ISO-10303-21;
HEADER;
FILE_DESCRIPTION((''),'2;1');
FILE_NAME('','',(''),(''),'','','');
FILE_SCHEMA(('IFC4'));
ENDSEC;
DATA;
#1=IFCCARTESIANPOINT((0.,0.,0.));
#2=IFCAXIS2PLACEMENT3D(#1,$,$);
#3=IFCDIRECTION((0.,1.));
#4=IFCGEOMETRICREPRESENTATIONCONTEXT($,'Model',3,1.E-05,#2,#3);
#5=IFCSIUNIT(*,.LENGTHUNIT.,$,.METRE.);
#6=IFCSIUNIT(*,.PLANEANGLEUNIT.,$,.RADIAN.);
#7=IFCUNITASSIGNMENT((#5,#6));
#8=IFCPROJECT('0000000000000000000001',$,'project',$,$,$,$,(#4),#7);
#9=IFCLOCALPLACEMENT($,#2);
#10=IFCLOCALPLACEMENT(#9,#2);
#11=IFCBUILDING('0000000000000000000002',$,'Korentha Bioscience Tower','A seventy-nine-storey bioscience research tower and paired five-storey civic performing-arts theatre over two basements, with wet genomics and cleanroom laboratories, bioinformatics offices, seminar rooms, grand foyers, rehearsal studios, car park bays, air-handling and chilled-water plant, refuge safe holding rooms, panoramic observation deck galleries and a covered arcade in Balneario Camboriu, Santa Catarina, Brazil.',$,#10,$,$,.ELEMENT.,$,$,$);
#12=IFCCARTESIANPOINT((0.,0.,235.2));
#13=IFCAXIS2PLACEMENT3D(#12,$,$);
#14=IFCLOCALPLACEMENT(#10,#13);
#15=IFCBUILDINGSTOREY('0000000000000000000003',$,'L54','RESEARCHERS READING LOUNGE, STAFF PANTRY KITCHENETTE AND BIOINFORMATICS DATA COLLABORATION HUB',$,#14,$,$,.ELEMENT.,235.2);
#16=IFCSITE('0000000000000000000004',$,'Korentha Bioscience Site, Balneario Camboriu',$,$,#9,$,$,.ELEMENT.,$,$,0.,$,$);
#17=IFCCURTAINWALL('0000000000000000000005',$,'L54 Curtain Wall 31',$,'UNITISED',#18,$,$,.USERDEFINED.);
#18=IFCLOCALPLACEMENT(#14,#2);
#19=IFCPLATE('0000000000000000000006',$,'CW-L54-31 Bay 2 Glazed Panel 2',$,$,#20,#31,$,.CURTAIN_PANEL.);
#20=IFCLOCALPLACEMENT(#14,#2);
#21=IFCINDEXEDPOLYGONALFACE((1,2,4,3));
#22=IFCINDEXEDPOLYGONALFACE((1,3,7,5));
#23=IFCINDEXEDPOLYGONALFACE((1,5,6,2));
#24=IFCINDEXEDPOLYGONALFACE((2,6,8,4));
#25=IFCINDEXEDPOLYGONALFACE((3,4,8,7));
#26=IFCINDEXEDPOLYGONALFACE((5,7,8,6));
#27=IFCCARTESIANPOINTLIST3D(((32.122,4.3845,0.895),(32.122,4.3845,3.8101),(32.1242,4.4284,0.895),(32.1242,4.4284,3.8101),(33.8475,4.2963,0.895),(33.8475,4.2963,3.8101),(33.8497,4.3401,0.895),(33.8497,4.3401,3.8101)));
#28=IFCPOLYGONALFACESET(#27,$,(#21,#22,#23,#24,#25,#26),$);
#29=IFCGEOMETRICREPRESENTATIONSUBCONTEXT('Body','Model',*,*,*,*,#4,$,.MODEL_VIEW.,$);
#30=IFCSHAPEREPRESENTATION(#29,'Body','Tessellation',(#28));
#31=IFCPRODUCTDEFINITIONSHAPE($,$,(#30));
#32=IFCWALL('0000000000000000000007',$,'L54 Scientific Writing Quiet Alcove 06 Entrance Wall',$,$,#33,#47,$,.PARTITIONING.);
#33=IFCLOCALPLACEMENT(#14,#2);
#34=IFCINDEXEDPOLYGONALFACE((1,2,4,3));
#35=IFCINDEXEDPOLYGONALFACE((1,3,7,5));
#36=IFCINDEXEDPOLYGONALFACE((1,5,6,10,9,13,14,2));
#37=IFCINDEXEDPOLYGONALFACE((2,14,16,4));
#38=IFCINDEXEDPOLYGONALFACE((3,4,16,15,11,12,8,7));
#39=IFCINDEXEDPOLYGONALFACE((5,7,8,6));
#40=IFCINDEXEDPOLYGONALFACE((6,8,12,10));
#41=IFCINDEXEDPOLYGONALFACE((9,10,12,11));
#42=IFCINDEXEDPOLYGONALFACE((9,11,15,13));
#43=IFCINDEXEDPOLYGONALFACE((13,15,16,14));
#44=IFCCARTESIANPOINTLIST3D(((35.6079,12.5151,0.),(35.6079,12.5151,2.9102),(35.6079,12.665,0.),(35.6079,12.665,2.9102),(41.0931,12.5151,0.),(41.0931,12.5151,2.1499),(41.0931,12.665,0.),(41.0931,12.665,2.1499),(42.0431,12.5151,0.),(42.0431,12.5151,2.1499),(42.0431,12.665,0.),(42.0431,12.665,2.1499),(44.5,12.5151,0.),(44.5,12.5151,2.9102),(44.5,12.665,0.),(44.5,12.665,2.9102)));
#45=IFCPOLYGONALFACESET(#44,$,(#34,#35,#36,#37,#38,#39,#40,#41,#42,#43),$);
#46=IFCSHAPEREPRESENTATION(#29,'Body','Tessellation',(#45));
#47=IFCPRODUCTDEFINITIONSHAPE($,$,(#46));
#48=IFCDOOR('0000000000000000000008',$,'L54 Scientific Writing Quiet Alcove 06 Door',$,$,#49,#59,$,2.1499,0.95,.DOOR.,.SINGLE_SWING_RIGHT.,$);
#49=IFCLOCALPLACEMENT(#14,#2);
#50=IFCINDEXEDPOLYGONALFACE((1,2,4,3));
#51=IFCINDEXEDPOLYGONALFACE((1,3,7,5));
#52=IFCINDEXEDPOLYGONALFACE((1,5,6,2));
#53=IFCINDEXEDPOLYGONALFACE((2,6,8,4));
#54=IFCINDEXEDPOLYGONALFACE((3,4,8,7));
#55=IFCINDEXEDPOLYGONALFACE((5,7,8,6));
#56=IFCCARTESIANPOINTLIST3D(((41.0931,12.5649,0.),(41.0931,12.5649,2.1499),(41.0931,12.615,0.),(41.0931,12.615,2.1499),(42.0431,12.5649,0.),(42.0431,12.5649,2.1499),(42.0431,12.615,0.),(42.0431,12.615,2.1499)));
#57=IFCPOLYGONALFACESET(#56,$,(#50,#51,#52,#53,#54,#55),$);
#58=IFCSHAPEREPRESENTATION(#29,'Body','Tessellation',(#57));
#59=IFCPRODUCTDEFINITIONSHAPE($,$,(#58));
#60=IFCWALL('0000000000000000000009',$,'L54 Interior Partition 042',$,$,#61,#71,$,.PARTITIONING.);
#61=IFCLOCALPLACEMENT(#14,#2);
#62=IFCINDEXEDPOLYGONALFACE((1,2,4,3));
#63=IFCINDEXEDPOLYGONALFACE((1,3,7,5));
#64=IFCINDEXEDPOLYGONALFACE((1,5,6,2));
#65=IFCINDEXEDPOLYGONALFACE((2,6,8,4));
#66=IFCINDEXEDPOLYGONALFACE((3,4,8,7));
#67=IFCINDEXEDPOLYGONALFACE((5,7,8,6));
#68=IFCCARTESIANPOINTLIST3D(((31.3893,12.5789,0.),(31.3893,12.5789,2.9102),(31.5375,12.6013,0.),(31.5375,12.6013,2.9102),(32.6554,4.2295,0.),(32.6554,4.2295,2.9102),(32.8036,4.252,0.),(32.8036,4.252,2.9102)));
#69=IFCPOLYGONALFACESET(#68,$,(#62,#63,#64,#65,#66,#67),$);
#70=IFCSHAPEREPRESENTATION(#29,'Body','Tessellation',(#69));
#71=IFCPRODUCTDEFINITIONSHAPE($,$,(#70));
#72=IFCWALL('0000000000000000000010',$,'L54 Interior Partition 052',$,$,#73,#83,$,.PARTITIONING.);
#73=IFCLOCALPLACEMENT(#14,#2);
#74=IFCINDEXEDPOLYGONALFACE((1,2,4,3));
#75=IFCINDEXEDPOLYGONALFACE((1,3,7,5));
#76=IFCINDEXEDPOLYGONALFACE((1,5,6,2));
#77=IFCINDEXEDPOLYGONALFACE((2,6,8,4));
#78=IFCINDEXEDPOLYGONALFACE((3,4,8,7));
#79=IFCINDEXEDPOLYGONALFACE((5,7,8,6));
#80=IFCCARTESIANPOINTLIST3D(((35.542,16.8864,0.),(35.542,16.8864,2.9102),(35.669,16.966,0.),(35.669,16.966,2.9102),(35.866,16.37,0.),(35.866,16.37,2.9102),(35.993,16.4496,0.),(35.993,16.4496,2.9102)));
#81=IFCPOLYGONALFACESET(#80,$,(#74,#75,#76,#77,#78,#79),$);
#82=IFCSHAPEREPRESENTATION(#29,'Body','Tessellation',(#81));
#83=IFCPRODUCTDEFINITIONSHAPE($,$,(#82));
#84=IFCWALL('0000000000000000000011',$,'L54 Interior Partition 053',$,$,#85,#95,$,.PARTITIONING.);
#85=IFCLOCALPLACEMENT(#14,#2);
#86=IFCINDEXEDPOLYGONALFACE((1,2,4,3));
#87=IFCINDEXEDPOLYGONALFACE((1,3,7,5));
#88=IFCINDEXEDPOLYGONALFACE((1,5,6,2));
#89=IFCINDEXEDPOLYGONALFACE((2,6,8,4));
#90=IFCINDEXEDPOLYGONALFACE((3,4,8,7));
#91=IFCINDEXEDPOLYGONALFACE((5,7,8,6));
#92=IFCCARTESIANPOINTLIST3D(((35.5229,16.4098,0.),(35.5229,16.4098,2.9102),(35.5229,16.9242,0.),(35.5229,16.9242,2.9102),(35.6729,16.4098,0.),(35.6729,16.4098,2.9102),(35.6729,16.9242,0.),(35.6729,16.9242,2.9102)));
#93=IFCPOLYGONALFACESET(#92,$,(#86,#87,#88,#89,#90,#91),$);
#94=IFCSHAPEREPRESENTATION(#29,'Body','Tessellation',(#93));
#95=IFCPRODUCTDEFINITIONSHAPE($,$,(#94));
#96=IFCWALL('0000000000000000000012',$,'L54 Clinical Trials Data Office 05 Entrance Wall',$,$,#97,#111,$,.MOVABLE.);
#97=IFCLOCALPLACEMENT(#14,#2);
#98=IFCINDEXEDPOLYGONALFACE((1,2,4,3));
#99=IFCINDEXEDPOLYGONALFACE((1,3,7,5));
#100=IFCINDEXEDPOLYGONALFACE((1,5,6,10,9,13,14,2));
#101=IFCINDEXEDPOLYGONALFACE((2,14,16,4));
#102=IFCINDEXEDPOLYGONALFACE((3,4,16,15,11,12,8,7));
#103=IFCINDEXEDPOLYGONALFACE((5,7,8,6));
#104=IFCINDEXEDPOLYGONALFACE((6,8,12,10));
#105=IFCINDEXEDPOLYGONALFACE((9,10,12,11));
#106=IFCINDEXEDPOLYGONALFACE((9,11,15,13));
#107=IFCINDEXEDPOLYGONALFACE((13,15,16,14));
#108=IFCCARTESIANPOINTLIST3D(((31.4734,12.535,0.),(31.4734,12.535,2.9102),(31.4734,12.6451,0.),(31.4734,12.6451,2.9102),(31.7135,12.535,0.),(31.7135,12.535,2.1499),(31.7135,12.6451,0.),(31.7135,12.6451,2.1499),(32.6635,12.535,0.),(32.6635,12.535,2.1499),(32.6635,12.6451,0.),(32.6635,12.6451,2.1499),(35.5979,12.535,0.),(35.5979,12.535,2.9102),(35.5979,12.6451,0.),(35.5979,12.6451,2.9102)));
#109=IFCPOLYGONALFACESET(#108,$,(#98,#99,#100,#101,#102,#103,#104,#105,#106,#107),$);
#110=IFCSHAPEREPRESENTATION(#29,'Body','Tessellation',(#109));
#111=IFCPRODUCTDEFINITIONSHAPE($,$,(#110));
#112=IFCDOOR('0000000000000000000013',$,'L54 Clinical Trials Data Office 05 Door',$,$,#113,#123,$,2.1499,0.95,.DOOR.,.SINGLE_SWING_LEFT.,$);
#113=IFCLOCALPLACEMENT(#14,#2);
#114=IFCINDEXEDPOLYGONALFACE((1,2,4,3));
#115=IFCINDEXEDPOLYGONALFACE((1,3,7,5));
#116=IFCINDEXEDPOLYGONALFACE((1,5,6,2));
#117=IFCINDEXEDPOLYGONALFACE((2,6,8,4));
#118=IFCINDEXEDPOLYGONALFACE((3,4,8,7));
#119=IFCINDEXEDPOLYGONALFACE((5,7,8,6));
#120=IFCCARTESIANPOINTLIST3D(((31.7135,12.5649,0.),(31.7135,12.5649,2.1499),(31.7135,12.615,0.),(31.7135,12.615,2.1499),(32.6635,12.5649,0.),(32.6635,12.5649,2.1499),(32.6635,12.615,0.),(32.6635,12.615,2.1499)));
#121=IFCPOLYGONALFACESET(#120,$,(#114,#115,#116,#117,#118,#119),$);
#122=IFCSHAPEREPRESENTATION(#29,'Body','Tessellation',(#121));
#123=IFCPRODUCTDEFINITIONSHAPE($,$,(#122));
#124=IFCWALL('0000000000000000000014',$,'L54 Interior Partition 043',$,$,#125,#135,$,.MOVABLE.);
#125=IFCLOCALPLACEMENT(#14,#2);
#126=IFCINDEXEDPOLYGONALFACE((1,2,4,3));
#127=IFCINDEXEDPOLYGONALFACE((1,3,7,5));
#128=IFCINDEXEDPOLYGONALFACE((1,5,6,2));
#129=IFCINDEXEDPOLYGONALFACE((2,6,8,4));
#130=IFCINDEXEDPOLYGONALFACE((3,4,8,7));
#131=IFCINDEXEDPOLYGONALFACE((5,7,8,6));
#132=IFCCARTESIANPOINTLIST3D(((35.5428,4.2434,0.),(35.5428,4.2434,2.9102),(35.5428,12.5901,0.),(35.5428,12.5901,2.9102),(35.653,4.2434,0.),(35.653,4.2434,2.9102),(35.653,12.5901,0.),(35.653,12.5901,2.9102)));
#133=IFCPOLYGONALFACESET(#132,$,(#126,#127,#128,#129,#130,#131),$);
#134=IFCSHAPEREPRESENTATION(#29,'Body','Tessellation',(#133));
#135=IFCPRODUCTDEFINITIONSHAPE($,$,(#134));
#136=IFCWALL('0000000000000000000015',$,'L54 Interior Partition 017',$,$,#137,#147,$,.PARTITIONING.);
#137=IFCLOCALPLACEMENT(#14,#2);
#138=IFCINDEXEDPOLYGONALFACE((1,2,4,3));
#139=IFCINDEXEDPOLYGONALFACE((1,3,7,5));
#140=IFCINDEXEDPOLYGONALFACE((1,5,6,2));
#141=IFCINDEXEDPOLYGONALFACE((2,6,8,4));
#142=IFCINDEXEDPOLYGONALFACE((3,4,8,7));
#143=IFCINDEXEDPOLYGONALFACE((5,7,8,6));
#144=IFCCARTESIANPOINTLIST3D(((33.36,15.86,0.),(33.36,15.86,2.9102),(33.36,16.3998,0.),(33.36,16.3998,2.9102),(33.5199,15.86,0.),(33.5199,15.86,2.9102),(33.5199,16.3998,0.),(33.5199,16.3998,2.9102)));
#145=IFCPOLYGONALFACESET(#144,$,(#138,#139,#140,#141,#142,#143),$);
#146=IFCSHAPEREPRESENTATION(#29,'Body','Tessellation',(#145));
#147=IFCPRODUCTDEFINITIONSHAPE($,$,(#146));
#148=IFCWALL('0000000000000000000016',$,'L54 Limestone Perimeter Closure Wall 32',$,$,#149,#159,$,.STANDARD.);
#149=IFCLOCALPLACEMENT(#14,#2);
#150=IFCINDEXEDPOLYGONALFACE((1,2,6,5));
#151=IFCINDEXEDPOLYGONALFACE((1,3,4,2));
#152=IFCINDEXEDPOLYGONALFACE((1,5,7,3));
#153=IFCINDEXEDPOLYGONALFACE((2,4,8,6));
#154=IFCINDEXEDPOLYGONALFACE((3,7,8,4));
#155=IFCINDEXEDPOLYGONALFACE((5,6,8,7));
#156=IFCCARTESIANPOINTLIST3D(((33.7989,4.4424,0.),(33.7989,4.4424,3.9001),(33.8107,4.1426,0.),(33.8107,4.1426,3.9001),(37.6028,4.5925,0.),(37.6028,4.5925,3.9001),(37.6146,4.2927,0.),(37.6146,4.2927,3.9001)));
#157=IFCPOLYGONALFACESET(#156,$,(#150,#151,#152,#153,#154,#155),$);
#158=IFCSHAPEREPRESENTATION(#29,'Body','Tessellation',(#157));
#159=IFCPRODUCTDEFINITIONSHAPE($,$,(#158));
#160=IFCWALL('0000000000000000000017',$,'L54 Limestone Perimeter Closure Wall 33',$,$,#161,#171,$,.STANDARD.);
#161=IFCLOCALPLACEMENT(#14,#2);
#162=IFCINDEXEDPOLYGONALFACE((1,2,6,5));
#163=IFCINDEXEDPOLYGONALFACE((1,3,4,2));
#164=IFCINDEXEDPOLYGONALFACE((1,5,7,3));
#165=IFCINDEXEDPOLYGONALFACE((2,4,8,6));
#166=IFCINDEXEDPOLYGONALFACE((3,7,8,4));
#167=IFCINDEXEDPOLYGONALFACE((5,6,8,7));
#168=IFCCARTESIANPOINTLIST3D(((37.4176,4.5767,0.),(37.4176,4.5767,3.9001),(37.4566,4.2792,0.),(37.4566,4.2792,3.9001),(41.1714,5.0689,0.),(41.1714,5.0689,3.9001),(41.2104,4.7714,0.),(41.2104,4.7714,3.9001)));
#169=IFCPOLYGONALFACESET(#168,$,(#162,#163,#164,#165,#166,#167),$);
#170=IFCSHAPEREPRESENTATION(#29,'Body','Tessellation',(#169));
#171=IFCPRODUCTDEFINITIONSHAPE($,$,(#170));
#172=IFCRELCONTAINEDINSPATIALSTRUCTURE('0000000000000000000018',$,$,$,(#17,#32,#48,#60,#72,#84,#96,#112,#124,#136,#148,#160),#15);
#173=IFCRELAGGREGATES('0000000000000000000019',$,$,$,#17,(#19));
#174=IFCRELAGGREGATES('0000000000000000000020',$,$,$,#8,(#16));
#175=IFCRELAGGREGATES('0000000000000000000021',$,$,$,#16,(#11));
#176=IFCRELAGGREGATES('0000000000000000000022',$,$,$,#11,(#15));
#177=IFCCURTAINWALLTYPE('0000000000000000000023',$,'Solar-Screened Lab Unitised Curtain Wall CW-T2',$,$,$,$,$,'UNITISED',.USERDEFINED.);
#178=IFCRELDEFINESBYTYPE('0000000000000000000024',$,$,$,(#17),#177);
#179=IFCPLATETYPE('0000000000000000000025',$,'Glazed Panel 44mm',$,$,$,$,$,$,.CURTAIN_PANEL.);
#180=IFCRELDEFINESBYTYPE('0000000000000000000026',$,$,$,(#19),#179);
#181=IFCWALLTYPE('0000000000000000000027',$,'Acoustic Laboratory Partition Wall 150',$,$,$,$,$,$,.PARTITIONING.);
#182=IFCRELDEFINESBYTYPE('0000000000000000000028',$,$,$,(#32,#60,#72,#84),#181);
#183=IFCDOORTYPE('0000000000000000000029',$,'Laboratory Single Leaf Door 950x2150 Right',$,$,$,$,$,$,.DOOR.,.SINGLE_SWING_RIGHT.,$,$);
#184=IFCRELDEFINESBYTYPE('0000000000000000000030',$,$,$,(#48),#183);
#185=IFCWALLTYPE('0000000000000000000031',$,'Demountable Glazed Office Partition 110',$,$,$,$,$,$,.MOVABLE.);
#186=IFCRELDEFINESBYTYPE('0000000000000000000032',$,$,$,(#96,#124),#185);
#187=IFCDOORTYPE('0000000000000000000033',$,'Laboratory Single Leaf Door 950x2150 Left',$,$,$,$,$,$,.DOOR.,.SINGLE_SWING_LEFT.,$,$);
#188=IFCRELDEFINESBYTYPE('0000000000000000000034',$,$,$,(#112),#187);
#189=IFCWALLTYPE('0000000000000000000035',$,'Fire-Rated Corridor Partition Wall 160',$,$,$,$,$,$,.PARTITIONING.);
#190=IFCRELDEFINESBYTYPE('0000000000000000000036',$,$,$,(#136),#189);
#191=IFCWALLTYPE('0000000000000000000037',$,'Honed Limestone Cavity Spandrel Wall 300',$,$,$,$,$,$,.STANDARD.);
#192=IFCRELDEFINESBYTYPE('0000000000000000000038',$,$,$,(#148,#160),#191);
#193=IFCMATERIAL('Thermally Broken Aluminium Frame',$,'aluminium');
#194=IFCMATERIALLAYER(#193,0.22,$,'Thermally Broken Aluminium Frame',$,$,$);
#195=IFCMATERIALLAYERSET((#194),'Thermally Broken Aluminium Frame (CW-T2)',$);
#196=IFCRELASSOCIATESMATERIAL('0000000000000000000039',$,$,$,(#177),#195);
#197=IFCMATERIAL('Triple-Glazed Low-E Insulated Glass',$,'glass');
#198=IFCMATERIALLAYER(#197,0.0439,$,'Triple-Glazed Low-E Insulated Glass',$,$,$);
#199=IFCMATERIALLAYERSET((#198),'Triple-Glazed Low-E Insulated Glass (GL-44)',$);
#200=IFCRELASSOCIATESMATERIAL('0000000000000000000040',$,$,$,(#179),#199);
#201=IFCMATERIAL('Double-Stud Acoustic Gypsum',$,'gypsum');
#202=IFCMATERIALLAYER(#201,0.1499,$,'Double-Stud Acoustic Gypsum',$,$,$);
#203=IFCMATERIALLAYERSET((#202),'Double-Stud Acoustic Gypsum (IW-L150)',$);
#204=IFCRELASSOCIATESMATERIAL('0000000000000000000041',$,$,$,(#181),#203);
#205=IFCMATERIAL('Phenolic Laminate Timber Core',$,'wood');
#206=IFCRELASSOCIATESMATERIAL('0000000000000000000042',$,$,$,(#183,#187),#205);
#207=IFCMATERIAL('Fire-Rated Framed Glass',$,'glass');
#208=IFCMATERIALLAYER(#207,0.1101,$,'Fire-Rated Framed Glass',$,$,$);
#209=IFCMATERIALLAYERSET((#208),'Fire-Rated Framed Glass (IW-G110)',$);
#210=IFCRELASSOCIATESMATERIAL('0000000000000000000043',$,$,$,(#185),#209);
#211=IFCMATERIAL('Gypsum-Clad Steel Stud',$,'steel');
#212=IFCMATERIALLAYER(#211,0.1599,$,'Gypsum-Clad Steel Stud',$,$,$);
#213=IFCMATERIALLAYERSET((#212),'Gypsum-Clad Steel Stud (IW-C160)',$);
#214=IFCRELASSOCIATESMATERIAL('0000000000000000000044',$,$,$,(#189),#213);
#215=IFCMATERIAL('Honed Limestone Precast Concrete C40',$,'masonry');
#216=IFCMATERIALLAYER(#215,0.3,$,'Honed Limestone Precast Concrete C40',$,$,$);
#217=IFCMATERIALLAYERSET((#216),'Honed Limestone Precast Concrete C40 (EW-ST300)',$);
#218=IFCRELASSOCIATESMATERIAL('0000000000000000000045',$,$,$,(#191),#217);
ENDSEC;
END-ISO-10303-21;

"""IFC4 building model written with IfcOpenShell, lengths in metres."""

from ifc_helpers import new_model, si_unit, direction, frame, frame_2d, origin, origin_2d, place, context, subcontext, project, spatial, rectangle, extrude, material, layer, layer_set, type_object, element, fill, aggregate, save


model = new_model("IFC4")

# Units and contexts
model_context = context("Model", 3, precision=1e-05, world=origin(), true_north=direction((0.0, 1.0)))
body_context = subcontext(model_context, "Body", "Model", "MODEL_VIEW")
ifc_project = project(units=[si_unit("LENGTHUNIT", "METRE"), si_unit("PLANEANGLEUNIT", "RADIAN")], contexts=[model_context])

# Site, building, storey
site_placement = place(None, origin())
site = spatial("IfcSite", under=ifc_project, at=site_placement, Name="Korentha Bioscience Site, Balneario Camboriu", CompositionType="ELEMENT", RefElevation=0.0)
building_placement = place(site_placement, origin())
building = spatial("IfcBuilding", under=site, at=building_placement, Name="Korentha Bioscience Tower", Description="A seventy-nine-storey bioscience research tower and paired five-storey civic performing-arts theatre over two basements, with wet genomics and cleanroom laboratories, bioinformatics offices, seminar rooms, grand foyers, rehearsal studios, car park bays, air-handling and chilled-water plant, refuge safe holding rooms, panoramic observation deck galleries and a covered arcade in Balneario Camboriu, Santa Catarina, Brazil.", CompositionType="ELEMENT")
storey_placement = place(building_placement, frame((0.0, 0.0, 235.2)))
storey = spatial("IfcBuildingStorey", under=building, at=storey_placement, Name="L54", Description="RESEARCHERS READING LOUNGE, STAFF PANTRY KITCHENETTE AND BIOINFORMATICS DATA COLLABORATION HUB", CompositionType="ELEMENT", Elevation=235.2)

# Curtain wall
ifc_material_1 = material(Name="Thermally Broken Aluminium Frame", Category="aluminium")
ifc_layer_1 = layer(ifc_material_1, 0.22, Name="Thermally Broken Aluminium Frame")
ifc_layer_set_1 = layer_set([ifc_layer_1], Name="Thermally Broken Aluminium Frame (CW-T2)")
curtain_wall_type = type_object("IfcCurtainWallType", Name="Solar-Screened Lab Unitised Curtain Wall CW-T2", ElementType="UNITISED", PredefinedType="USERDEFINED", material=ifc_layer_set_1)
curtain_wall_placement = place(storey_placement, origin())
curtain_wall = element("IfcCurtainWall", 1, at=curtain_wall_placement, inside=storey, type_object=curtain_wall_type, Name="L54 Curtain Wall 31", ObjectType="UNITISED", PredefinedType="USERDEFINED")

# Plate
ifc_material_2 = material(Name="Triple-Glazed Low-E Insulated Glass", Category="glass")
ifc_layer_2 = layer(ifc_material_2, 0.0439, Name="Triple-Glazed Low-E Insulated Glass")
ifc_layer_set_2 = layer_set([ifc_layer_2], Name="Triple-Glazed Low-E Insulated Glass (GL-44)")
plate_type = type_object("IfcPlateType", Name="Glazed Panel 44mm", PredefinedType="CURTAIN_PANEL", material=ifc_layer_set_2)
plate_1_placement = place(storey_placement, frame((32.9858, 4.3623, 0.895), z_axis=(0.0, 0.0, 1.0), x_axis=(0.998696, -0.051055, 0.0)))
plate_1 = element("IfcPlate", 2, at=plate_1_placement, type_object=plate_type, Name="CW-L54-31 Bay 2 Glazed Panel 2", PredefinedType="CURTAIN_PANEL", context=body_context, shape_type="SweptSolid", body=[
    extrude(rectangle(XDim=1.7278, YDim=0.0439, at=origin_2d()), origin(), (0.0, 0.0, 1.0), 2.915),
])
aggregate(curtain_wall, [plate_1])

# Wall, opening, door
ifc_material_3 = material(Name="Double-Stud Acoustic Gypsum", Category="gypsum")
ifc_layer_3 = layer(ifc_material_3, 0.1499, Name="Double-Stud Acoustic Gypsum")
ifc_layer_set_3 = layer_set([ifc_layer_3], Name="Double-Stud Acoustic Gypsum (IW-L150)")
wall_type_1 = type_object("IfcWallType", Name="Acoustic Laboratory Partition Wall 150", PredefinedType="PARTITIONING", material=ifc_layer_set_3)
wall_1_placement = place(storey_placement, frame((35.6079, 12.5901, 0.0), z_axis=(0.0, 0.0, 1.0), x_axis=(1.0, 0.0, 0.0)))
wall_1 = element("IfcWall", 3, at=wall_1_placement, inside=storey, type_object=wall_type_1, Name="L54 Scientific Writing Quiet Alcove 06 Entrance Wall", PredefinedType="PARTITIONING", context=body_context, shape_type="SweptSolid", body=[
    extrude(rectangle(XDim=8.8921, YDim=0.1499, at=frame_2d((4.446, 0.0))), origin(), (0.0, 0.0, 1.0), 2.9102),
])
opening_1_placement = place(wall_1_placement, frame((5.4851, 0.0, 0.0)))
opening_1 = element("IfcOpeningElement", 4, at=opening_1_placement, cuts=wall_1, PredefinedType="OPENING", context=body_context, shape_type="SweptSolid", body=[
    extrude(rectangle(XDim=0.95, YDim=2.1499, at=frame_2d((0.4751, 1.075))), frame((0.0, 0.0898, 0.0), z_axis=(0.0, -1.0, 0.0), x_axis=(1.0, 0.0, 0.0)), (0.0, 0.0, 1.0), 0.1797),
])
ifc_material_4 = material(Name="Phenolic Laminate Timber Core", Category="wood")
door_type_1 = type_object("IfcDoorType", Name="Laboratory Single Leaf Door 950x2150 Right", OperationType="SINGLE_SWING_RIGHT", PredefinedType="DOOR", material=ifc_material_4)
door_1_placement = place(opening_1_placement, origin())
door_1 = element("IfcDoor", 5, at=door_1_placement, inside=storey, type_object=door_type_1, Name="L54 Scientific Writing Quiet Alcove 06 Door", OperationType="SINGLE_SWING_RIGHT", OverallHeight=2.1499, OverallWidth=0.95, PredefinedType="DOOR", context=body_context, shape_type="SweptSolid", body=[
    extrude(rectangle(XDim=0.95, YDim=2.1499, at=frame_2d((0.4751, 1.075))), frame((0.0, 0.0249, 0.0), z_axis=(0.0, -1.0, 0.0), x_axis=(1.0, 0.0, 0.0)), (0.0, 0.0, 1.0), 0.05),
])
fill(opening_1, door_1)
door_type_2 = type_object("IfcDoorType", Name="Laboratory Single Leaf Door 950x2150 Left", OperationType="SINGLE_SWING_LEFT", PredefinedType="DOOR", material=ifc_material_4)

# Walls
wall_2_placement = place(storey_placement, frame((31.4634, 12.5901, 0.0), z_axis=(0.0, 0.0, 1.0), x_axis=(0.149928, -0.988697, 0.0)))
element("IfcWall", 6, at=wall_2_placement, inside=storey, type_object=wall_type_1, Name="L54 Interior Partition 042", PredefinedType="PARTITIONING", context=body_context, shape_type="SweptSolid", body=[
    extrude(rectangle(XDim=8.4448, YDim=0.1499, at=frame_2d((4.2224, 0.0))), origin(), (0.0, 0.0, 1.0), 2.9102),
])
wall_3_placement = place(storey_placement, frame((35.9294, 16.4099, 0.0), z_axis=(0.0, 0.0, 1.0), x_axis=(-0.531474, 0.847075, 0.0)))
element("IfcWall", 7, at=wall_3_placement, inside=storey, type_object=wall_type_1, Name="L54 Interior Partition 052", PredefinedType="PARTITIONING", context=body_context, shape_type="SweptSolid", body=[
    extrude(rectangle(XDim=0.6096, YDim=0.1499, at=frame_2d((0.3047, 0.0))), origin(), (0.0, 0.0, 1.0), 2.9102),
])
wall_4_placement = place(storey_placement, frame((35.5979, 16.9243, 0.0), z_axis=(0.0, 0.0, 1.0), x_axis=(0.0, -1.0, 0.0)))
element("IfcWall", 8, at=wall_4_placement, inside=storey, type_object=wall_type_1, Name="L54 Interior Partition 053", PredefinedType="PARTITIONING", context=body_context, shape_type="SweptSolid", body=[
    extrude(rectangle(XDim=0.5144, YDim=0.1499, at=frame_2d((0.2573, 0.0))), origin(), (0.0, 0.0, 1.0), 2.9102),
])

# Wall, opening, door
ifc_material_5 = material(Name="Fire-Rated Framed Glass", Category="glass")
ifc_layer_4 = layer(ifc_material_5, 0.1101, Name="Fire-Rated Framed Glass")
ifc_layer_set_4 = layer_set([ifc_layer_4], Name="Fire-Rated Framed Glass (IW-G110)")
wall_type_2 = type_object("IfcWallType", Name="Demountable Glazed Office Partition 110", PredefinedType="MOVABLE", material=ifc_layer_set_4)
wall_5_placement = place(storey_placement, frame((31.4734, 12.5901, 0.0), z_axis=(0.0, 0.0, 1.0), x_axis=(1.0, 0.0, 0.0)))
wall_5 = element("IfcWall", 9, at=wall_5_placement, inside=storey, type_object=wall_type_2, Name="L54 Clinical Trials Data Office 05 Entrance Wall", PredefinedType="MOVABLE", context=body_context, shape_type="SweptSolid", body=[
    extrude(rectangle(XDim=4.1245, YDim=0.1101, at=frame_2d((2.0623, 0.0))), origin(), (0.0, 0.0, 1.0), 2.9102),
])
opening_2_placement = place(wall_5_placement, frame((0.24, 0.0, 0.0)))
opening_2 = element("IfcOpeningElement", 10, at=opening_2_placement, cuts=wall_5, PredefinedType="OPENING", context=body_context, shape_type="SweptSolid", body=[
    extrude(rectangle(XDim=0.95, YDim=2.1499, at=frame_2d((0.4751, 1.075))), frame((0.0, 0.0698, 0.0), z_axis=(0.0, -1.0, 0.0), x_axis=(1.0, 0.0, 0.0)), (0.0, 0.0, 1.0), 0.1399),
])
door_2_placement = place(opening_2_placement, origin())
door_2 = element("IfcDoor", 11, at=door_2_placement, inside=storey, type_object=door_type_2, Name="L54 Clinical Trials Data Office 05 Door", OperationType="SINGLE_SWING_LEFT", OverallHeight=2.1499, OverallWidth=0.95, PredefinedType="DOOR", context=body_context, shape_type="SweptSolid", body=[
    extrude(rectangle(XDim=0.95, YDim=2.1499, at=frame_2d((0.4751, 1.075))), frame((0.0, 0.0249, 0.0), z_axis=(0.0, -1.0, 0.0), x_axis=(1.0, 0.0, 0.0)), (0.0, 0.0, 1.0), 0.05),
])
fill(opening_2, door_2)

# Wall
wall_6_placement = place(storey_placement, frame((35.5979, 12.5901, 0.0), z_axis=(0.0, 0.0, 1.0), x_axis=(0.0, -1.0, 0.0)))
element("IfcWall", 12, at=wall_6_placement, inside=storey, type_object=wall_type_2, Name="L54 Interior Partition 043", PredefinedType="MOVABLE", context=body_context, shape_type="SweptSolid", body=[
    extrude(rectangle(XDim=8.3467, YDim=0.1101, at=frame_2d((4.1733, 0.0))), origin(), (0.0, 0.0, 1.0), 2.9102),
])

# Shared definitions
ifc_material_6 = material(Name="Gypsum-Clad Steel Stud", Category="steel")
ifc_layer_5 = layer(ifc_material_6, 0.1599, Name="Gypsum-Clad Steel Stud")
ifc_layer_set_5 = layer_set([ifc_layer_5], Name="Gypsum-Clad Steel Stud (IW-C160)")
wall_type_3 = type_object("IfcWallType", Name="Fire-Rated Corridor Partition Wall 160", PredefinedType="PARTITIONING", material=ifc_layer_set_5)

# Walls
wall_7_placement = place(storey_placement, frame((33.4399, 16.3999, 0.0), z_axis=(0.0, 0.0, 1.0), x_axis=(0.0, -1.0, 0.0)))
element("IfcWall", 13, at=wall_7_placement, inside=storey, type_object=wall_type_3, Name="L54 Interior Partition 017", PredefinedType="PARTITIONING", context=body_context, shape_type="SweptSolid", body=[
    extrude(rectangle(XDim=0.5398, YDim=0.1599, at=frame_2d((0.27, 0.0))), origin(), (0.0, 0.0, 1.0), 2.9102),
])
ifc_material_7 = material(Name="Honed Limestone Precast Concrete C40", Category="masonry")
ifc_layer_6 = layer(ifc_material_7, 0.3, Name="Honed Limestone Precast Concrete C40")
ifc_layer_set_6 = layer_set([ifc_layer_6], Name="Honed Limestone Precast Concrete C40 (EW-ST300)")
wall_type_4 = type_object("IfcWallType", Name="Honed Limestone Cavity Spandrel Wall 300", PredefinedType="STANDARD", material=ifc_layer_set_6)
wall_8_placement = place(storey_placement, frame((33.8049, 4.2925, 0.0), z_axis=(0.0, 0.0, 1.0), x_axis=(0.999222, 0.03944, 0.0)))
element("IfcWall", 14, at=wall_8_placement, inside=storey, type_object=wall_type_4, Name="L54 Limestone Perimeter Closure Wall 32", PredefinedType="STANDARD", context=body_context, shape_type="SweptSolid", body=[
    extrude(rectangle(XDim=3.8069, YDim=0.3, at=frame_2d((1.9033, 0.0))), origin(), (0.0, 0.0, 1.0), 3.9001),
])
wall_9_placement = place(storey_placement, frame((37.437, 4.428, 0.0), z_axis=(0.0, 0.0, 1.0), x_axis=(0.991513, 0.130009, 0.0)))
element("IfcWall", 15, at=wall_9_placement, inside=storey, type_object=wall_type_4, Name="L54 Limestone Perimeter Closure Wall 33", PredefinedType="STANDARD", context=body_context, shape_type="SweptSolid", body=[
    extrude(rectangle(XDim=3.7859, YDim=0.3, at=frame_2d((1.8931, 0.0))), origin(), (0.0, 0.0, 1.0), 3.9001),
])

save(model, "model.ifc")
